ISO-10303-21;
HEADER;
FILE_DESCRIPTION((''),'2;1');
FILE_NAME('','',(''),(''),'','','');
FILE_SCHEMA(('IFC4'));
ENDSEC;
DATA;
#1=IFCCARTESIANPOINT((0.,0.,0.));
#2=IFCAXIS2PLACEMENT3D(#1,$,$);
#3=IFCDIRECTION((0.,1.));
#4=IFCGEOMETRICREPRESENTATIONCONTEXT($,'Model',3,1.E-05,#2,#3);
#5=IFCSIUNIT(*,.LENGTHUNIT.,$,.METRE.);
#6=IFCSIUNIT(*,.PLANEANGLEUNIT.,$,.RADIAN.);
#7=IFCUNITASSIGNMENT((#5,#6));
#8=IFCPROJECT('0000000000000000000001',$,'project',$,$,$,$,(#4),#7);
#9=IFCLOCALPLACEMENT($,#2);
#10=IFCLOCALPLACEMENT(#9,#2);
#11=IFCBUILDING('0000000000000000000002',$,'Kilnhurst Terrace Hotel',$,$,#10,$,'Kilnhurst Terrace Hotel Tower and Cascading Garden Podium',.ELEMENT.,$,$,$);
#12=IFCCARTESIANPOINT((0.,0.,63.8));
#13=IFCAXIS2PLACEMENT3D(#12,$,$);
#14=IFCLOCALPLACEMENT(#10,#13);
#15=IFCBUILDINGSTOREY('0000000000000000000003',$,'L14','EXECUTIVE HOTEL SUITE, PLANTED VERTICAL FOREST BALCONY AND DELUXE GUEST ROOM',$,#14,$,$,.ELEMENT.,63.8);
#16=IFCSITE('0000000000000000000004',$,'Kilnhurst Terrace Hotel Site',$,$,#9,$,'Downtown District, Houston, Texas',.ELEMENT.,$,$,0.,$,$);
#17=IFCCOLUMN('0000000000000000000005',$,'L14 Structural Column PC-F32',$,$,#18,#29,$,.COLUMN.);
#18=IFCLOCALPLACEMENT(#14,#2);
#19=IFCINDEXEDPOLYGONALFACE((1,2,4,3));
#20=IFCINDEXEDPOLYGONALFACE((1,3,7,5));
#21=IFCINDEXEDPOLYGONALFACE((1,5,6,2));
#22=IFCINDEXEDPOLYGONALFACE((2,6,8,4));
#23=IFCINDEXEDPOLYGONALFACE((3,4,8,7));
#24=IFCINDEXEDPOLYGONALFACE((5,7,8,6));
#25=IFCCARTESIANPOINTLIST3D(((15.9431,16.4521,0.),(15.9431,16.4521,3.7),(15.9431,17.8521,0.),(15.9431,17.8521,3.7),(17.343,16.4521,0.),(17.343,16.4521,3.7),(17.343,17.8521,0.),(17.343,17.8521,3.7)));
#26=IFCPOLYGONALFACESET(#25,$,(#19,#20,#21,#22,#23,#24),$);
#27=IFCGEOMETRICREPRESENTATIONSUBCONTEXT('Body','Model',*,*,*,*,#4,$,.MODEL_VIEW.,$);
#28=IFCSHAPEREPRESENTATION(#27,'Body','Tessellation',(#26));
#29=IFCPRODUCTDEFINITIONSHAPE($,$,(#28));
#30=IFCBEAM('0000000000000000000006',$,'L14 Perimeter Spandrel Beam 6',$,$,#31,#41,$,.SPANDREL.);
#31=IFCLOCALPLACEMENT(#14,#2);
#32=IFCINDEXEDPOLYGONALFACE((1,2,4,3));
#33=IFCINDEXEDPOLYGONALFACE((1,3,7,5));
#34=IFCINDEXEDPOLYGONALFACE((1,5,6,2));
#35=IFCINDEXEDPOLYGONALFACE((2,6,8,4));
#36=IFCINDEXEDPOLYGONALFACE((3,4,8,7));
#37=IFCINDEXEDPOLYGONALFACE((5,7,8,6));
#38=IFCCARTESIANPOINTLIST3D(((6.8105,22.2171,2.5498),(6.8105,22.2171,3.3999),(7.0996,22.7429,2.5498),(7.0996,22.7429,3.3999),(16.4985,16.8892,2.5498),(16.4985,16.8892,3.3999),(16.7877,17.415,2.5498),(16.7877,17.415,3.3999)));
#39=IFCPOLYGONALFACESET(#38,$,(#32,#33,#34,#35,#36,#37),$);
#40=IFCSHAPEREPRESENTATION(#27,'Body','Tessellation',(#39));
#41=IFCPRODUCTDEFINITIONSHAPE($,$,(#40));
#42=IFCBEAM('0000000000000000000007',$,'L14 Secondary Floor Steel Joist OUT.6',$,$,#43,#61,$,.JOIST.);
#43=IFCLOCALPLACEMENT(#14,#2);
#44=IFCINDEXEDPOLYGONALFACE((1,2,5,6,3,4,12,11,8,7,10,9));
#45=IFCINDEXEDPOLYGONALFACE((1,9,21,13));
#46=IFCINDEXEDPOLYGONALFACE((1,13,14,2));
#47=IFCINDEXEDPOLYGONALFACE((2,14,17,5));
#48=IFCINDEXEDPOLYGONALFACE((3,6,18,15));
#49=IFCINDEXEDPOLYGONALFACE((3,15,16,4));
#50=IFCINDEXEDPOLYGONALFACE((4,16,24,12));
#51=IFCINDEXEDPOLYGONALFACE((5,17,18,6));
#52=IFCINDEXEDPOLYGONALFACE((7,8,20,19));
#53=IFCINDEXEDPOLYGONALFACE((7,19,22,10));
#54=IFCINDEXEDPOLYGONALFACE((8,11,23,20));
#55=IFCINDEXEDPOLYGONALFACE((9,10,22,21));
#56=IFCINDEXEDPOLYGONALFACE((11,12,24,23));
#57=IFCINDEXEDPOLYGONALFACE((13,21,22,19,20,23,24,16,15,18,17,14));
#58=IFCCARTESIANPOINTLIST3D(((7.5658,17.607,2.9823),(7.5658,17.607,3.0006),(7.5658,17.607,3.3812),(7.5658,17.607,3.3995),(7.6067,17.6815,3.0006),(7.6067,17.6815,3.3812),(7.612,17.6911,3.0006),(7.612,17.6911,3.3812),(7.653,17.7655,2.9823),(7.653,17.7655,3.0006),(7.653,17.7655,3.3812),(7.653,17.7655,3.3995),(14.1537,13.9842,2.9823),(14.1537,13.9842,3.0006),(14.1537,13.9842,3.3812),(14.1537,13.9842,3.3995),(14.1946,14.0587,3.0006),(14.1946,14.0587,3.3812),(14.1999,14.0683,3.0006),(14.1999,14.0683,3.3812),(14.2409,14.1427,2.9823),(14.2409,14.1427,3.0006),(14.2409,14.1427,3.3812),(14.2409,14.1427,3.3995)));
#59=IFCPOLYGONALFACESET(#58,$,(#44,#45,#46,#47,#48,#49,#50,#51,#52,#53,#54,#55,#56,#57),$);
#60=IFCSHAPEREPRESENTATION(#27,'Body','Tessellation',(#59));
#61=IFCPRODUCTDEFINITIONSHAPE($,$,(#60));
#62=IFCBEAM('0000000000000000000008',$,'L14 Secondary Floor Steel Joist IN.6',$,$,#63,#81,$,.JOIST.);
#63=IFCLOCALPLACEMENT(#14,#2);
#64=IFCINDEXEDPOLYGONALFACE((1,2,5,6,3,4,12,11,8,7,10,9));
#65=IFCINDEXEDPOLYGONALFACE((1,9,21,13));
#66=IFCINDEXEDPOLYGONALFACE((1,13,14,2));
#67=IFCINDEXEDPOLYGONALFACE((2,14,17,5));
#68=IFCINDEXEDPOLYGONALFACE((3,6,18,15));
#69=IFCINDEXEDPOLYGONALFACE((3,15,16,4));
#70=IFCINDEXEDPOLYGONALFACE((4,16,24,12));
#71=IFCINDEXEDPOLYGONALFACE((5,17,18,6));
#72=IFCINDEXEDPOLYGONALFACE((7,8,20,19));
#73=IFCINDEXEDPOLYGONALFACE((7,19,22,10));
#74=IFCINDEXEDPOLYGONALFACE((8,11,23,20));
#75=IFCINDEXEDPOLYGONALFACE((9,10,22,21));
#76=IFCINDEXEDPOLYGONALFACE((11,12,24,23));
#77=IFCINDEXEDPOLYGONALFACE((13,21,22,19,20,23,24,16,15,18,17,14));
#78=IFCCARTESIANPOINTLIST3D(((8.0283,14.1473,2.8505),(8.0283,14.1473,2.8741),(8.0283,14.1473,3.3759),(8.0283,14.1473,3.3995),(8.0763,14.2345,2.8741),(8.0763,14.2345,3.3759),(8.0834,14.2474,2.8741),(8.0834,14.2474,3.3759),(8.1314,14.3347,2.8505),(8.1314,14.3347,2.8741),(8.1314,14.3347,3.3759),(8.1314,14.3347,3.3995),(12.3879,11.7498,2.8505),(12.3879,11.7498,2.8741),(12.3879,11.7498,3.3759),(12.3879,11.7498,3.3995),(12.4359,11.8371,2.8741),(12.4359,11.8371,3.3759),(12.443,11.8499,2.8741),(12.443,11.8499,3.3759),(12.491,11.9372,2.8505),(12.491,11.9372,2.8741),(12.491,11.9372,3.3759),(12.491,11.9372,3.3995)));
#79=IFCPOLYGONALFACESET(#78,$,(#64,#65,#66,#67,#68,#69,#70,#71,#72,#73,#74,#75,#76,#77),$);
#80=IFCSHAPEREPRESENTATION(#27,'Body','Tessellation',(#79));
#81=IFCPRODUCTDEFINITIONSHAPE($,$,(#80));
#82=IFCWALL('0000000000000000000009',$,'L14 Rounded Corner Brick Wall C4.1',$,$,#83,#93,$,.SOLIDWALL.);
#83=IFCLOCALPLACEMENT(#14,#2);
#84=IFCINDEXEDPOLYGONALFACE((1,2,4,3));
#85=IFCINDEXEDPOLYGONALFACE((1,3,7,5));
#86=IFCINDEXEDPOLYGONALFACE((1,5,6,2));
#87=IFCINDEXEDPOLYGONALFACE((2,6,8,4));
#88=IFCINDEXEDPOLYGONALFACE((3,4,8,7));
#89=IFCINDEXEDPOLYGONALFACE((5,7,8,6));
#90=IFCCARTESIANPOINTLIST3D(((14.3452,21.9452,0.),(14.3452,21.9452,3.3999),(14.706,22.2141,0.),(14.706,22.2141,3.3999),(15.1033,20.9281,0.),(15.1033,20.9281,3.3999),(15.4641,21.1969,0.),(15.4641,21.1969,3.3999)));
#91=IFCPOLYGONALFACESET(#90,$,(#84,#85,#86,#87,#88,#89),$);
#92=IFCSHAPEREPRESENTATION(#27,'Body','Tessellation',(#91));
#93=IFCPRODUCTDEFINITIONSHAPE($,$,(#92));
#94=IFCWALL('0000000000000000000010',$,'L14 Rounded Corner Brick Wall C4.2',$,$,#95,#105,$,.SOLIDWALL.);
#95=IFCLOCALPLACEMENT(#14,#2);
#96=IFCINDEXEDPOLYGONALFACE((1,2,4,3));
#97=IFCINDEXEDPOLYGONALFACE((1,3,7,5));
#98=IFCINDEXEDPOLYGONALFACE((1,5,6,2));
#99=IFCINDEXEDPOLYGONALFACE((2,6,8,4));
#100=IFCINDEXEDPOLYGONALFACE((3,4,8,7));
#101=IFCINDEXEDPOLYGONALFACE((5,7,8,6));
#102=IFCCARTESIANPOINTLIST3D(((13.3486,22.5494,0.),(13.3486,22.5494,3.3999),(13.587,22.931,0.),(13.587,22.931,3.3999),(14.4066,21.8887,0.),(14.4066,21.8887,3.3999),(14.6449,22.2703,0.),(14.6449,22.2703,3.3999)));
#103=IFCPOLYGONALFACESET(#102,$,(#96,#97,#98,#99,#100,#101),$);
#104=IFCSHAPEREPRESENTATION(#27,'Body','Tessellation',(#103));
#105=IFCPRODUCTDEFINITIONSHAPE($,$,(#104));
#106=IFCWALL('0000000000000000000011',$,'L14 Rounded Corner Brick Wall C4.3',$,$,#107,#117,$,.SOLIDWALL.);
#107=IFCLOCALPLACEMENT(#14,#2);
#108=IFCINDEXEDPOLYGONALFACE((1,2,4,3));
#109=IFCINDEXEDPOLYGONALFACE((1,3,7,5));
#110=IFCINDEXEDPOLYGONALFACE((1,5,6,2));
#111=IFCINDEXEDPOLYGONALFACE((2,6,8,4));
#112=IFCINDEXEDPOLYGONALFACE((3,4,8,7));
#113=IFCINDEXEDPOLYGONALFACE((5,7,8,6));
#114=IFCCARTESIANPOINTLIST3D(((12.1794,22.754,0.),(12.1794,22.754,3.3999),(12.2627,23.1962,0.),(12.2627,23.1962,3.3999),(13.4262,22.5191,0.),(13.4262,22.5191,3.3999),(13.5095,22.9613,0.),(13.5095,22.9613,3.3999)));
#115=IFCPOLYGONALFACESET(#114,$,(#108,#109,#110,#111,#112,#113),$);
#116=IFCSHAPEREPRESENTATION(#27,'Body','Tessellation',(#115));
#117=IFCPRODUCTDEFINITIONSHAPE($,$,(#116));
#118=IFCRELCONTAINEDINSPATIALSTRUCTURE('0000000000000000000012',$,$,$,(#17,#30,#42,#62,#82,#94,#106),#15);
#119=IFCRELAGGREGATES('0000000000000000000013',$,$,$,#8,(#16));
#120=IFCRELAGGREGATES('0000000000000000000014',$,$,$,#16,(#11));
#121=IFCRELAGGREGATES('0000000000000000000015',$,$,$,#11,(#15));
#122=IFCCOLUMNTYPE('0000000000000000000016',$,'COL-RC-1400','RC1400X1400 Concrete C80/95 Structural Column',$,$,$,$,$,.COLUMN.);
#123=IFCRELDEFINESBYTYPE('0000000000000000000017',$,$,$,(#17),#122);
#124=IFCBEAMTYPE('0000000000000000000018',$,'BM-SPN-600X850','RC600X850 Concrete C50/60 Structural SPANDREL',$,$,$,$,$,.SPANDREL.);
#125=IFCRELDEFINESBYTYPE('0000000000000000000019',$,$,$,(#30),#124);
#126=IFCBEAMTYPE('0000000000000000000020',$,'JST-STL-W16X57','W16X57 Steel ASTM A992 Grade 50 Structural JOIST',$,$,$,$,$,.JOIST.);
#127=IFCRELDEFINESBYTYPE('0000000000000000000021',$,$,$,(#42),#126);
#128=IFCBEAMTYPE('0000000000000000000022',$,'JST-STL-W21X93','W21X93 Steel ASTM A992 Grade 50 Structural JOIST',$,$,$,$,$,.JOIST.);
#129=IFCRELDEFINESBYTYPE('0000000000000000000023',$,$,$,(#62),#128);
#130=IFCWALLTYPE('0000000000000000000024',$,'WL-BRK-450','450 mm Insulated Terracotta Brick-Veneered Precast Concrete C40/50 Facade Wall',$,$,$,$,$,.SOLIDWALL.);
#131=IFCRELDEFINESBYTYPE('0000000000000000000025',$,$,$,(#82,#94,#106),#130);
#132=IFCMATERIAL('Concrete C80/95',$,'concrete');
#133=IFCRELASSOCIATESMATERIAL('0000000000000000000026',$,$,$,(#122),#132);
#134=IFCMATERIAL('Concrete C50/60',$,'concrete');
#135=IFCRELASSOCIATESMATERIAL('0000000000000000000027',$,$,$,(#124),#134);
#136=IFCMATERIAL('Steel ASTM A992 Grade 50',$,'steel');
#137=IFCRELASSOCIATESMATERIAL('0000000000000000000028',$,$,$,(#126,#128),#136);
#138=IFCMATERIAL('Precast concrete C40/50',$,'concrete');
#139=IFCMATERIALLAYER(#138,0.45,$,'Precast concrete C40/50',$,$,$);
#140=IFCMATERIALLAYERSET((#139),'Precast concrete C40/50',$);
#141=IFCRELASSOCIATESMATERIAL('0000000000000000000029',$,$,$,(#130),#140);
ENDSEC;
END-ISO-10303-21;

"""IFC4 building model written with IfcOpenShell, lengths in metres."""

from ifc_helpers import new_model, si_unit, direction, frame, frame_2d, origin, origin_2d, place, context, subcontext, project, spatial, rectangle, i_section, extrude, material, layer, layer_set, material_profile, profile_set, type_object, element, save


model = new_model("IFC4")

# Units and contexts
model_context = context("Model", 3, precision=1e-05, world=origin(), true_north=direction((0.0, 1.0)))
body_context = subcontext(model_context, "Body", "Model", "MODEL_VIEW")
ifc_project = project(units=[si_unit("LENGTHUNIT", "METRE"), si_unit("PLANEANGLEUNIT", "RADIAN")], contexts=[model_context])

# Site, building, storey
site_placement = place(None, origin())
site = spatial("IfcSite", under=ifc_project, at=site_placement, Name="Kilnhurst Terrace Hotel Site", LongName="Downtown District, Houston, Texas", CompositionType="ELEMENT", RefElevation=0.0)
building_placement = place(site_placement, origin())
building = spatial("IfcBuilding", under=site, at=building_placement, Name="Kilnhurst Terrace Hotel", LongName="Kilnhurst Terrace Hotel Tower and Cascading Garden Podium", CompositionType="ELEMENT")
storey_placement = place(building_placement, frame((0.0, 0.0, 63.8)))
storey = spatial("IfcBuildingStorey", under=building, at=storey_placement, Name="L14", Description="EXECUTIVE HOTEL SUITE, PLANTED VERTICAL FOREST BALCONY AND DELUXE GUEST ROOM", CompositionType="ELEMENT", Elevation=63.8)

# Column
ifc_material_1 = material(Name="Concrete C80/95", Category="concrete")
ifc_material_profile_1 = material_profile(ifc_material_1, rectangle(XDim=1.3999, YDim=1.3999, at=origin_2d()), Name="RC1400X1400")
ifc_profile_set_1 = profile_set([ifc_material_profile_1], Name="Concrete C80/95")
column_type = type_object("IfcColumnType", Name="COL-RC-1400", Description="RC1400X1400 Concrete C80/95 Structural Column", PredefinedType="COLUMN", material=ifc_profile_set_1)
column_placement = place(storey_placement, frame((16.6431, 17.1521, 0.0), z_axis=(0.0, 0.0, 1.0), x_axis=(1.0, 0.0, 0.0)))
element("IfcColumn", 1, at=column_placement, inside=storey, type_object=column_type, Name="L14 Structural Column PC-F32", PredefinedType="COLUMN", context=body_context, shape_type="SweptSolid", body=[
    extrude(rectangle(XDim=1.3999, YDim=1.3999, at=origin_2d()), origin(), (0.0, 0.0, 1.0), 3.7),
])

# Beams
ifc_material_2 = material(Name="Concrete C50/60", Category="concrete")
ifc_material_profile_2 = material_profile(ifc_material_2, rectangle(XDim=0.6001, YDim=0.8501, at=origin_2d()), Name="RC600X850")
ifc_profile_set_2 = profile_set([ifc_material_profile_2], Name="Concrete C50/60")
beam_type_1 = type_object("IfcBeamType", Name="BM-SPN-600X850", Description="RC600X850 Concrete C50/60 Structural SPANDREL", PredefinedType="SPANDREL", material=ifc_profile_set_2)
beam_1_placement = place(storey_placement, frame((16.6431, 17.1521, 2.9749), z_axis=(-0.876235, 0.481883, 0.0), x_axis=(-0.481883, -0.876235, 0.0)))
element("IfcBeam", 2, at=beam_1_placement, inside=storey, type_object=beam_type_1, Name="L14 Perimeter Spandrel Beam 6", PredefinedType="SPANDREL", context=body_context, shape_type="SweptSolid", body=[
    extrude(rectangle(XDim=0.6001, YDim=0.8501, at=origin_2d()), origin(), (0.0, 0.0, 1.0), 11.0564),
])
ifc_material_3 = material(Name="Steel ASTM A992 Grade 50", Category="steel")
ifc_material_profile_3 = material_profile(ifc_material_3, i_section(OverallWidth=0.1809, OverallDepth=0.4172, WebThickness=0.011, FlangeThickness=0.0183, at=origin_2d()), Name="W16X57")
ifc_profile_set_3 = profile_set([ifc_material_profile_3], Name="Steel ASTM A992 Grade 50")
beam_type_2 = type_object("IfcBeamType", Name="JST-STL-W16X57", Description="W16X57 Steel ASTM A992 Grade 50 Structural JOIST", PredefinedType="JOIST", material=ifc_profile_set_3)
beam_2_placement = place(storey_placement, frame((14.1973, 14.0635, 3.1909), z_axis=(-0.876246, 0.481864, 0.0), x_axis=(-0.481864, -0.876246, 0.0)))
element("IfcBeam", 3, at=beam_2_placement, inside=storey, type_object=beam_type_2, Name="L14 Secondary Floor Steel Joist OUT.6", PredefinedType="JOIST", context=body_context, shape_type="SweptSolid", body=[
    extrude(i_section(OverallWidth=0.1809, OverallDepth=0.4172, WebThickness=0.011, FlangeThickness=0.0183, at=origin_2d()), origin(), (0.0, 0.0, 1.0), 7.5183),
])
ifc_material_profile_4 = material_profile(ifc_material_3, i_section(OverallWidth=0.2139, OverallDepth=0.5491, WebThickness=0.0146, FlangeThickness=0.0237, at=origin_2d()), Name="W21X93")
ifc_profile_set_4 = profile_set([ifc_material_profile_4], Name="Steel ASTM A992 Grade 50")
beam_type_3 = type_object("IfcBeamType", Name="JST-STL-W21X93", Description="W21X93 Steel ASTM A992 Grade 50 Structural JOIST", PredefinedType="JOIST", material=ifc_profile_set_4)
beam_3_placement = place(storey_placement, frame((12.4395, 11.8435, 3.125), z_axis=(-0.876244, 0.481868, 0.0), x_axis=(-0.481868, -0.876244, 0.0)))
element("IfcBeam", 4, at=beam_3_placement, inside=storey, type_object=beam_type_3, Name="L14 Secondary Floor Steel Joist IN.6", PredefinedType="JOIST", context=body_context, shape_type="SweptSolid", body=[
    extrude(i_section(OverallWidth=0.2139, OverallDepth=0.5491, WebThickness=0.0146, FlangeThickness=0.0237, at=origin_2d()), origin(), (0.0, 0.0, 1.0), 4.9753),
])

# Walls
ifc_material_4 = material(Name="Precast concrete C40/50", Category="concrete")
ifc_layer_1 = layer(ifc_material_4, 0.45, Name="Precast concrete C40/50")
ifc_layer_set_1 = layer_set([ifc_layer_1], Name="Precast concrete C40/50")
wall_type_1 = type_object("IfcWallType", Name="WL-BRK-450", Description="450 mm Insulated Terracotta Brick-Veneered Precast Concrete C40/50 Facade Wall", PredefinedType="SOLIDWALL", material=ifc_layer_set_1)
wall_1_placement = place(storey_placement, frame((15.2837, 21.0625, 0.0), z_axis=(0.0, 0.0, 1.0), x_axis=(-0.597595, 0.801798, 0.0)))
element("IfcWall", 5, at=wall_1_placement, inside=storey, type_object=wall_type_1, Name="L14 Rounded Corner Brick Wall C4.1", PredefinedType="SOLIDWALL", context=body_context, shape_type="SweptSolid", body=[
    extrude(rectangle(XDim=1.2686, YDim=0.45, at=frame_2d((0.6343, 0.0))), origin(), (0.0, 0.0, 1.0), 3.3999),
])
wall_2_placement = place(storey_placement, frame((14.5256, 22.0796, 0.0), z_axis=(0.0, 0.0, 1.0), x_axis=(-0.848185, 0.5297, 0.0)))
element("IfcWall", 6, at=wall_2_placement, inside=storey, type_object=wall_type_1, Name="L14 Rounded Corner Brick Wall C4.2", PredefinedType="SOLIDWALL", context=body_context, shape_type="SweptSolid", body=[
    extrude(rectangle(XDim=1.2473, YDim=0.45, at=frame_2d((0.6235, 0.0))), origin(), (0.0, 0.0, 1.0), 3.3999),
])
wall_3_placement = place(storey_placement, frame((13.4678, 22.7402, 0.0), z_axis=(0.0, 0.0, 1.0), x_axis=(-0.982717, 0.185113, 0.0)))
element("IfcWall", 7, at=wall_3_placement, inside=storey, type_object=wall_type_1, Name="L14 Rounded Corner Brick Wall C4.3", PredefinedType="SOLIDWALL", context=body_context, shape_type="SweptSolid", body=[
    extrude(rectangle(XDim=1.2688, YDim=0.45, at=frame_2d((0.6343, 0.0))), origin(), (0.0, 0.0, 1.0), 3.3999),
])

save(model, "model.ifc")
